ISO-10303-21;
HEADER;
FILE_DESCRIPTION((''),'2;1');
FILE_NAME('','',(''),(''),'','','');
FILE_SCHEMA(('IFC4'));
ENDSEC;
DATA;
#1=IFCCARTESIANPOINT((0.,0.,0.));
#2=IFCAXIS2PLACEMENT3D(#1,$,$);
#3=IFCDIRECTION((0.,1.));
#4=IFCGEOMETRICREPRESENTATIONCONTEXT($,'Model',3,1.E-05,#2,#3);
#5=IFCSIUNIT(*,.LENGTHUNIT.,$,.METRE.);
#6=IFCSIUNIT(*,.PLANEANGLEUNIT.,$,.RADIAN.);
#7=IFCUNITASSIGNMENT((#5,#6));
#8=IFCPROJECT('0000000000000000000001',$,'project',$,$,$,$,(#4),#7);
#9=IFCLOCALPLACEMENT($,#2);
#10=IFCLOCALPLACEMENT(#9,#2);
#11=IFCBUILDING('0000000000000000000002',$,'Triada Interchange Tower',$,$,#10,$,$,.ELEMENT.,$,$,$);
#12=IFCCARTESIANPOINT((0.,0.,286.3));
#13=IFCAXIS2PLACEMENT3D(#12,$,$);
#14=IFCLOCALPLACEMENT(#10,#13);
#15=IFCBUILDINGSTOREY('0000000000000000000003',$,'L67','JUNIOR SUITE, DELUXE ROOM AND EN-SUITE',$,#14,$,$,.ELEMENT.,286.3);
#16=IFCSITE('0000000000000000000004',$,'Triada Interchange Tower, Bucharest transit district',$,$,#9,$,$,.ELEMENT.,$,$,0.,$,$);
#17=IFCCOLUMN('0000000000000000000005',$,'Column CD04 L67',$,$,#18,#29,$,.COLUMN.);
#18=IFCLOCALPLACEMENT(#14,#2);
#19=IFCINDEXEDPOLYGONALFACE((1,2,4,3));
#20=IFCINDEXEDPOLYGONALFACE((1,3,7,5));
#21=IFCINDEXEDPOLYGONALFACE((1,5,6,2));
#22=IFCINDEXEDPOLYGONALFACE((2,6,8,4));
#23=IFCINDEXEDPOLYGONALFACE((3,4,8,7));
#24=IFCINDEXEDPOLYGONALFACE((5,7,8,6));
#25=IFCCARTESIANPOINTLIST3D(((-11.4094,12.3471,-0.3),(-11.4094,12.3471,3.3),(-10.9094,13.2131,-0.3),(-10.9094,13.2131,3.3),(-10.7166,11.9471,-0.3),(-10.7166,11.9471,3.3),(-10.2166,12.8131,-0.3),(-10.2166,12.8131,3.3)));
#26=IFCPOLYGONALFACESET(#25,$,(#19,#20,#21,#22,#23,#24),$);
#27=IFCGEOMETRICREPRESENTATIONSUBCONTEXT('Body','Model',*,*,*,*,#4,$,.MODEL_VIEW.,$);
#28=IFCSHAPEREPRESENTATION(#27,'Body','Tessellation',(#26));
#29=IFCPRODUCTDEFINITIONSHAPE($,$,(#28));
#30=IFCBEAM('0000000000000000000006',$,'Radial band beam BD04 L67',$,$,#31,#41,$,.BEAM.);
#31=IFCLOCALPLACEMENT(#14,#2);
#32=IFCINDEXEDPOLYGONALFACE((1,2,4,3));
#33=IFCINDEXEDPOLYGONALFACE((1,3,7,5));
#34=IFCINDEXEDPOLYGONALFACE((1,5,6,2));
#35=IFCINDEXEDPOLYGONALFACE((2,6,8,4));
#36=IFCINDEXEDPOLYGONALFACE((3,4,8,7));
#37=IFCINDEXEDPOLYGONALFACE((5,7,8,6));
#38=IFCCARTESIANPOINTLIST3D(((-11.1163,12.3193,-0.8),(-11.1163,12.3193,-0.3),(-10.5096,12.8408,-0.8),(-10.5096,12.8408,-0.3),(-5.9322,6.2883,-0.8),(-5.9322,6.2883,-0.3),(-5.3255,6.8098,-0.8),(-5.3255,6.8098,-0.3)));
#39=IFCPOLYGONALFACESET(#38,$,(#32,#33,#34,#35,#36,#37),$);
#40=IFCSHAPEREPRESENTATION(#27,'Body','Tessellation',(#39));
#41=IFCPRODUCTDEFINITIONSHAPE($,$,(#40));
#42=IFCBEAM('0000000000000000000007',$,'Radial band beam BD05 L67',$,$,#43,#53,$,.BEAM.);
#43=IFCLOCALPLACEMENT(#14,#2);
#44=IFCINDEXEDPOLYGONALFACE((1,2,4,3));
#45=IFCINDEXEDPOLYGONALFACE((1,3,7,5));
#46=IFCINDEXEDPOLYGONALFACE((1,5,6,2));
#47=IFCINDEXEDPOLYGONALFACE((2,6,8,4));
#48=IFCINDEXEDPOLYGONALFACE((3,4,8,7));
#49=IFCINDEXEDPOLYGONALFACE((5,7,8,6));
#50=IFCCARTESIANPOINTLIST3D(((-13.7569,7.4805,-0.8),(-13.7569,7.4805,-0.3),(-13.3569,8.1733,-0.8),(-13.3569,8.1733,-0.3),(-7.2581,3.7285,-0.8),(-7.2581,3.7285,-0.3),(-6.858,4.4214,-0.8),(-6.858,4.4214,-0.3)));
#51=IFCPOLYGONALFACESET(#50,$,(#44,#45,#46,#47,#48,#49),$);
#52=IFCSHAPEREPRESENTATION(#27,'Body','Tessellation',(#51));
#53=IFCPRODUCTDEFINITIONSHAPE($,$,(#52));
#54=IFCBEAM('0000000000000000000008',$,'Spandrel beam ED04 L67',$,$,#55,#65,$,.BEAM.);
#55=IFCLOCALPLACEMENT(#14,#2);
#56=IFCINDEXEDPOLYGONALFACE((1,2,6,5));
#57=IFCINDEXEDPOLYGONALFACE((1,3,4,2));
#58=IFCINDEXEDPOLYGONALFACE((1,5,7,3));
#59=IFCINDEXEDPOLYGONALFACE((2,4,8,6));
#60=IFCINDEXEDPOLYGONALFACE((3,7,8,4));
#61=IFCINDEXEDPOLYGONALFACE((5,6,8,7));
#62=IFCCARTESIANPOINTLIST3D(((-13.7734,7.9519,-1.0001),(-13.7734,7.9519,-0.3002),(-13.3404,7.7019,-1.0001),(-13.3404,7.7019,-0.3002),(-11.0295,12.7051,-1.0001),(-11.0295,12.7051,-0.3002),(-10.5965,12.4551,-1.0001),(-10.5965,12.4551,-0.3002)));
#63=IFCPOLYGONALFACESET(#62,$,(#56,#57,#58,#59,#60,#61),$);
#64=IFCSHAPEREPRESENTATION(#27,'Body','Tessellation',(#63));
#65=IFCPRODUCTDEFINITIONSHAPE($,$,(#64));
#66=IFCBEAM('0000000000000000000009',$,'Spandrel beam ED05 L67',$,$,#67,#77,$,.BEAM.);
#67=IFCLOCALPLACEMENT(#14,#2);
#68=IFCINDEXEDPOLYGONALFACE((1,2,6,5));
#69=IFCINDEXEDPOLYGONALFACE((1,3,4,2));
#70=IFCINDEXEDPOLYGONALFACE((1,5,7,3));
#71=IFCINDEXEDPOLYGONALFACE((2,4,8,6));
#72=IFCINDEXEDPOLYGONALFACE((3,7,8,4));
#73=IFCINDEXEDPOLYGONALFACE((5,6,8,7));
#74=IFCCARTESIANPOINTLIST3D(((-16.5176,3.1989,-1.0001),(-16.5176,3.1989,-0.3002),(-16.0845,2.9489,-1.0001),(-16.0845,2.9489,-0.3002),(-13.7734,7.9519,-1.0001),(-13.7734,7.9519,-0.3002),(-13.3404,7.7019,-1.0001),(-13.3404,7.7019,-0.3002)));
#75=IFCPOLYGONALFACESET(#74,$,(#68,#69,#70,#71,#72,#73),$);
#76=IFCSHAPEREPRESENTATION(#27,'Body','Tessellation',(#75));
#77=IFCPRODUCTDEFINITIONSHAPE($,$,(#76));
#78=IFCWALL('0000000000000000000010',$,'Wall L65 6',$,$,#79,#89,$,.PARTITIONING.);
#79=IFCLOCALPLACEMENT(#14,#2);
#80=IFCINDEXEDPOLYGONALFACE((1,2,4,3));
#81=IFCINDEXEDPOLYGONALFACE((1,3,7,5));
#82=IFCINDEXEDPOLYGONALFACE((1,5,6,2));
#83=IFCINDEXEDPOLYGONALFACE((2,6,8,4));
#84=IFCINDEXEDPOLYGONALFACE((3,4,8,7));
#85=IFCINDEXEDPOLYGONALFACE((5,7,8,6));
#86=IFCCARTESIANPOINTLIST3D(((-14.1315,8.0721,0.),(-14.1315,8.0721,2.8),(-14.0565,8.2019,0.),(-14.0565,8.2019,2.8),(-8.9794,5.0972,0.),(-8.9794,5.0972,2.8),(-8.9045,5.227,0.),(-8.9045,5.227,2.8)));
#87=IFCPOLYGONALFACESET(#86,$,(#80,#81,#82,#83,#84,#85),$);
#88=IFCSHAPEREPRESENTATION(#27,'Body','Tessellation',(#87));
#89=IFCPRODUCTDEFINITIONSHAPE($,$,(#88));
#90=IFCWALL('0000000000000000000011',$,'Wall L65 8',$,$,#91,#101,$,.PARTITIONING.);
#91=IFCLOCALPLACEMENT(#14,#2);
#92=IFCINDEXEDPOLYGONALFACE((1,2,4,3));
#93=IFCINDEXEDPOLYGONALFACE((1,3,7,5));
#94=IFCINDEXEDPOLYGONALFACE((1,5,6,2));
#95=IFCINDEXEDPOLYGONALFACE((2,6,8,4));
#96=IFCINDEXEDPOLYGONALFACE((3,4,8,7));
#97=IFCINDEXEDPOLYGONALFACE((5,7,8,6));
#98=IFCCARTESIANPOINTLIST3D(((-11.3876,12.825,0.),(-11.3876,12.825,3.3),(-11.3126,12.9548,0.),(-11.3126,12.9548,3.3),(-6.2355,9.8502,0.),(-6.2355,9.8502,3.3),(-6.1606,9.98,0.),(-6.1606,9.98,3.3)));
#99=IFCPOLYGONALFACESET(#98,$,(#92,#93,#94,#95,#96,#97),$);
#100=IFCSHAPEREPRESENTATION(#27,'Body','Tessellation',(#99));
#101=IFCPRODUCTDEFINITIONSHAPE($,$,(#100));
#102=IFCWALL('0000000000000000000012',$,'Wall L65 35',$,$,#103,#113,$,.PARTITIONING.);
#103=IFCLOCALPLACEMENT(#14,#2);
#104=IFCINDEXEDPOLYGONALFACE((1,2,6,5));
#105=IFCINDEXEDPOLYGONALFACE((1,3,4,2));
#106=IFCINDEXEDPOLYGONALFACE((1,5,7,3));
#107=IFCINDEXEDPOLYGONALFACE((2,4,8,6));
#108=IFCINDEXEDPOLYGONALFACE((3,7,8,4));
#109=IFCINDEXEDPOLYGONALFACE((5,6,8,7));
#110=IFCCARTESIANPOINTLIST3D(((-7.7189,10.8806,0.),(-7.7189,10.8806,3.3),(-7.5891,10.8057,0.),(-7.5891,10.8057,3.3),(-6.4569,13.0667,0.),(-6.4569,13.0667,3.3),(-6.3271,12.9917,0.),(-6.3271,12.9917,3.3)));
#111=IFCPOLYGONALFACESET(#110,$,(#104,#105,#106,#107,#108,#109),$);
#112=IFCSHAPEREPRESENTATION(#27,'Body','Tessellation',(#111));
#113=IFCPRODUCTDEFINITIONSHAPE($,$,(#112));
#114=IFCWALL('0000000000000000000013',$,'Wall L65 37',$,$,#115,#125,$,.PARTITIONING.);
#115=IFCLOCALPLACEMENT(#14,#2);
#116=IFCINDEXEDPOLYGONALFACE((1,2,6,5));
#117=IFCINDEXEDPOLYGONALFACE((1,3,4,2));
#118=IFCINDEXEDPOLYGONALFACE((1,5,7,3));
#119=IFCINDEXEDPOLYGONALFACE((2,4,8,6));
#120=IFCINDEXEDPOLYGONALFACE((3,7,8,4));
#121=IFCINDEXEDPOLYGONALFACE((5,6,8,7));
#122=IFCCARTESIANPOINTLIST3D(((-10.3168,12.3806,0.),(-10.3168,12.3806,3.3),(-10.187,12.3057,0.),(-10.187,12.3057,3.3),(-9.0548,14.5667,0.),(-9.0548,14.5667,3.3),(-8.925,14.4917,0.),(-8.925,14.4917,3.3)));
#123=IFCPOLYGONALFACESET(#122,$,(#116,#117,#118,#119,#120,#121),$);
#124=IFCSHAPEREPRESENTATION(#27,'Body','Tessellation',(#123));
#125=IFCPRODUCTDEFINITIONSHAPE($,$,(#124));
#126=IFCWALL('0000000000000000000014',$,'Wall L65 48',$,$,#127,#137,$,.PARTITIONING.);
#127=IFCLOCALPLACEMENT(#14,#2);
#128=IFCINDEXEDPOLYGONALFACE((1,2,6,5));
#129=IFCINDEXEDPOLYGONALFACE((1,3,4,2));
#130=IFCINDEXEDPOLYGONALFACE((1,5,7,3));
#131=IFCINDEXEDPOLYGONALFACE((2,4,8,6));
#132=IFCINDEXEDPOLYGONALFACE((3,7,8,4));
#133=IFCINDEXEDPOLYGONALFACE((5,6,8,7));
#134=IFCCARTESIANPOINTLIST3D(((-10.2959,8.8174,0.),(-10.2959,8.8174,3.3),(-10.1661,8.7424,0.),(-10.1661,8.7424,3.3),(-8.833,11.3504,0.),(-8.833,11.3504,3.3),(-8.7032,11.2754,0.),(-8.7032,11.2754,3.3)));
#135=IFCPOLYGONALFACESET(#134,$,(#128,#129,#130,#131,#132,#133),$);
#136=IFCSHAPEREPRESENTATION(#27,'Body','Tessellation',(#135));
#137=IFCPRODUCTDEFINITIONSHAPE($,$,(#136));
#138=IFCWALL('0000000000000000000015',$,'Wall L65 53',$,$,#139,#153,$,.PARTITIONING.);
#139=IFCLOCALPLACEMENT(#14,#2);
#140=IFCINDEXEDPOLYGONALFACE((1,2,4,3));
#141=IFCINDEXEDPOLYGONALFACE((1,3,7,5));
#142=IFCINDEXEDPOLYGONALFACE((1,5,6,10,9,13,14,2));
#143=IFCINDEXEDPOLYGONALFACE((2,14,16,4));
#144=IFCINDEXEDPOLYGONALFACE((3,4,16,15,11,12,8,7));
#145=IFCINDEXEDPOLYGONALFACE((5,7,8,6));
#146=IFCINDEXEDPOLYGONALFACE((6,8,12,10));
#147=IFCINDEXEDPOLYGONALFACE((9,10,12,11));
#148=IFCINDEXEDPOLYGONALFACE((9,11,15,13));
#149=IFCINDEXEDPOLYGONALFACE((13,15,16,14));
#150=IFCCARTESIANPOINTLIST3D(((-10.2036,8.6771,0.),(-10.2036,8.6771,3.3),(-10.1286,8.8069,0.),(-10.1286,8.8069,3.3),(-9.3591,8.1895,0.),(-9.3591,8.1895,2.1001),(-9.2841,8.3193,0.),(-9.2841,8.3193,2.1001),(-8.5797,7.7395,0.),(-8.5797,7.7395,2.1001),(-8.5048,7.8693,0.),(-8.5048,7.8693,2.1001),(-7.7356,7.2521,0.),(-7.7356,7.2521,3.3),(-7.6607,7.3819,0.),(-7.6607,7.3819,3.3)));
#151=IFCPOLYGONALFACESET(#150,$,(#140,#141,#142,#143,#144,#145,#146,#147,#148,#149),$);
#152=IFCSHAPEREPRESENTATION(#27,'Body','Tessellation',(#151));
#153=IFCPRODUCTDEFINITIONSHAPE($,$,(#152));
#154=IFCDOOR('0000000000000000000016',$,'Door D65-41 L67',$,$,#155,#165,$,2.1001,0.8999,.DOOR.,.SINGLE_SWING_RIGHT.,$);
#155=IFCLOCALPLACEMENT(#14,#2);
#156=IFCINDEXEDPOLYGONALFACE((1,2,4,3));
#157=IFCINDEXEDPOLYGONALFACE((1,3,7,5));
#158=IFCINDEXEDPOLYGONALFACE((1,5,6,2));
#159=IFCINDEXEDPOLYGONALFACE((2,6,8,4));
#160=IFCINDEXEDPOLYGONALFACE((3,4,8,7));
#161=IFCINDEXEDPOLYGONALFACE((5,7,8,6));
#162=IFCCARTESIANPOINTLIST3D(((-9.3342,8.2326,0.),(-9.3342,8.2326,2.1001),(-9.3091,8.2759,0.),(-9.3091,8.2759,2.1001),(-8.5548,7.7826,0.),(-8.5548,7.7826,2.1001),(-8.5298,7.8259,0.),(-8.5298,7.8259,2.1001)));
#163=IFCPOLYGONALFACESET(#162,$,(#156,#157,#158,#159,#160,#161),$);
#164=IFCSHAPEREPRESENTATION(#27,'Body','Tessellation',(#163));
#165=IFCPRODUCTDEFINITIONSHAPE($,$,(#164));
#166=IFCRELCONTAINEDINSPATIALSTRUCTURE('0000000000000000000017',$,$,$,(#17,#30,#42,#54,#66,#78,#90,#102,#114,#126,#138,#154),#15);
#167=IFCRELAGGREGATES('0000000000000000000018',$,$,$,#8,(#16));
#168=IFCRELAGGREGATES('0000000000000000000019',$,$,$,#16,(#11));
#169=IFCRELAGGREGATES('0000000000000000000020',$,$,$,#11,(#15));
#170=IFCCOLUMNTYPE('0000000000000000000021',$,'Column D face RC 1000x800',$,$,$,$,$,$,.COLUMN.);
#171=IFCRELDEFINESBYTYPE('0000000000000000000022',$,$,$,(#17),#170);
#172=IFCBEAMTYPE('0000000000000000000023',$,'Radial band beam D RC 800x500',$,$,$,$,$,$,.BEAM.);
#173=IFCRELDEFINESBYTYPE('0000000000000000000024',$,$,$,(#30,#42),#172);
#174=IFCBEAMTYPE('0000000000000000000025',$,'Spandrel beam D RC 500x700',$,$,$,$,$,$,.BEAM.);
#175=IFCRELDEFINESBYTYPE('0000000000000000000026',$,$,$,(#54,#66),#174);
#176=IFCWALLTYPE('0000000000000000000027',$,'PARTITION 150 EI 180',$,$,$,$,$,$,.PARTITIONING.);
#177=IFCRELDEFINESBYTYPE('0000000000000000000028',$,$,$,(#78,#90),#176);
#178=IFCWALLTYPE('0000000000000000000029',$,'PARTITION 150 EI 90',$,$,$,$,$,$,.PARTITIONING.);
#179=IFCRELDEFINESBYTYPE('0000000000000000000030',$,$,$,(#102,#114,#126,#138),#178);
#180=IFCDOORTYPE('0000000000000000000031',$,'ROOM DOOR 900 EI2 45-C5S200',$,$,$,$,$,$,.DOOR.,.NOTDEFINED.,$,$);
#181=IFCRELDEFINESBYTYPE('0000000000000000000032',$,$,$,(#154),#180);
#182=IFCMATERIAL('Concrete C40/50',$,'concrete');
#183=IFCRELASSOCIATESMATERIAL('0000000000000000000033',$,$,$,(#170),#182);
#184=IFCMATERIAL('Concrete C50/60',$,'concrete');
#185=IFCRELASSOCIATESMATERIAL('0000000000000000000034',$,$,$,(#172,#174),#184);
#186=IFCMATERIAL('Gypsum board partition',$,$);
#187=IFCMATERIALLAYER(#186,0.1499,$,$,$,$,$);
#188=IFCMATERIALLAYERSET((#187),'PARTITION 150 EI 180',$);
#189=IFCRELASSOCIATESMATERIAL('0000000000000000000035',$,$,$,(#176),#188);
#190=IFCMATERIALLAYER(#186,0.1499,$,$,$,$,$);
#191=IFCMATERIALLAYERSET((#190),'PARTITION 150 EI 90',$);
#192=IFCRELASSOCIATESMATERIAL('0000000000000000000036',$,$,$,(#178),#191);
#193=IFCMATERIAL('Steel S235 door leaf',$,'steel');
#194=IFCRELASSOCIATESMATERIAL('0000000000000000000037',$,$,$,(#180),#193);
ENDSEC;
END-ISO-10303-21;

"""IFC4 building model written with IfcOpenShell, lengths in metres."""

from ifc_helpers import new_model, si_unit, direction, frame, frame_2d, origin, origin_2d, place, context, subcontext, project, spatial, rectangle, extrude, material, layer, layer_set, material_profile, profile_set, type_object, element, fill, save


model = new_model("IFC4")

# Units and contexts
model_context = context("Model", 3, precision=1e-05, world=origin(), true_north=direction((0.0, 1.0)))
body_context = subcontext(model_context, "Body", "Model", "MODEL_VIEW")
ifc_project = project(units=[si_unit("LENGTHUNIT", "METRE"), si_unit("PLANEANGLEUNIT", "RADIAN")], contexts=[model_context])

# Site, building, storey
site_placement = place(None, origin())
site = spatial("IfcSite", under=ifc_project, at=site_placement, Name="Triada Interchange Tower, Bucharest transit district", CompositionType="ELEMENT", RefElevation=0.0)
building_placement = place(site_placement, origin())
building = spatial("IfcBuilding", under=site, at=building_placement, Name="Triada Interchange Tower", CompositionType="ELEMENT")
storey_placement = place(building_placement, frame((0.0, 0.0, 286.3)))
storey = spatial("IfcBuildingStorey", under=building, at=storey_placement, Name="L67", Description="JUNIOR SUITE, DELUXE ROOM AND EN-SUITE", CompositionType="ELEMENT", Elevation=286.3)

# Column
ifc_material_1 = material(Name="Concrete C40/50", Category="concrete")
ifc_material_profile_1 = material_profile(ifc_material_1, rectangle(XDim=1.0, YDim=0.8, at=origin_2d()), Name="RC 1000x800")
ifc_profile_set_1 = profile_set([ifc_material_profile_1], Name="Concrete C40/50")
column_type = type_object("IfcColumnType", Name="Column D face RC 1000x800", PredefinedType="COLUMN", material=ifc_profile_set_1)
column_placement = place(storey_placement, frame((-10.813, 12.5801, -0.3), z_axis=(0.0, 0.0, 1.0), x_axis=(0.5, 0.866025, 0.0)))
element("IfcColumn", 1, at=column_placement, inside=storey, type_object=column_type, Name="Column CD04 L67", PredefinedType="COLUMN", context=body_context, shape_type="SweptSolid", body=[
    extrude(rectangle(XDim=1.0, YDim=0.8, at=origin_2d()), origin(), (0.0, 0.0, 1.0), 3.6001),
])

# Beams
ifc_material_2 = material(Name="Concrete C50/60", Category="concrete")
ifc_material_profile_2 = material_profile(ifc_material_2, rectangle(XDim=0.8, YDim=0.5, at=origin_2d()), Name="RC 800x500")
ifc_profile_set_2 = profile_set([ifc_material_profile_2], Name="Concrete C50/60")
beam_type_1 = type_object("IfcBeamType", Name="Radial band beam D RC 800x500", PredefinedType="BEAM", material=ifc_profile_set_2)
beam_1_placement = place(storey_placement, frame((-10.813, 12.5801, -0.55), z_axis=(0.651853, -0.758346, 0.0), x_axis=(0.758346, 0.651853, 0.0)))
element("IfcBeam", 2, at=beam_1_placement, inside=storey, type_object=beam_type_1, Name="Radial band beam BD04 L67", PredefinedType="BEAM", context=body_context, shape_type="SweptSolid", body=[
    extrude(rectangle(XDim=0.8, YDim=0.5, at=origin_2d()), origin(), (0.0, 0.0, 1.0), 7.9529),
])
beam_2_placement = place(storey_placement, frame((-13.5569, 7.8269, -0.55), z_axis=(0.866032, -0.499988, 0.0), x_axis=(0.499988, 0.866032, 0.0)))
element("IfcBeam", 3, at=beam_2_placement, inside=storey, type_object=beam_type_1, Name="Radial band beam BD05 L67", PredefinedType="BEAM", context=body_context, shape_type="SweptSolid", body=[
    extrude(rectangle(XDim=0.8, YDim=0.5, at=origin_2d()), origin(), (0.0, 0.0, 1.0), 7.5042),
])
ifc_material_profile_3 = material_profile(ifc_material_2, rectangle(XDim=0.5, YDim=0.7, at=origin_2d()), Name="RC 500x700")
ifc_profile_set_3 = profile_set([ifc_material_profile_3], Name="Concrete C50/60")
beam_type_2 = type_object("IfcBeamType", Name="Spandrel beam D RC 500x700", PredefinedType="BEAM", material=ifc_profile_set_3)
for number, where, z_axis, x_axis, name in (
    (4, (-10.813, 12.5801, -0.6501), (-0.499952, -0.866053, 0.0), (0.866053, -0.499952, 0.0), "Spandrel beam ED04 L67"),
    (5, (-13.5569, 7.8269, -0.6501), (-0.500005, -0.866023, 0.0), (0.866023, -0.500005, 0.0), "Spandrel beam ED05 L67"),
):
    element("IfcBeam", number, at=place(storey_placement, frame(where, z_axis=z_axis, x_axis=x_axis)), inside=storey, type_object=beam_type_2, Name=name, PredefinedType="BEAM", context=body_context, shape_type="SweptSolid", body=[
        extrude(rectangle(XDim=0.5, YDim=0.7, at=origin_2d()), origin(), (0.0, 0.0, 1.0), 5.4883),
    ])

# Shared definitions
ifc_material_3 = material(Name="Steel S235 door leaf", Category="steel")

# Walls
ifc_material_4 = material(Name="Gypsum board partition")
ifc_layer_1 = layer(ifc_material_4, 0.1499)
ifc_layer_set_1 = layer_set([ifc_layer_1], Name="PARTITION 150 EI 180")
wall_type_1 = type_object("IfcWallType", Name="PARTITION 150 EI 180", PredefinedType="PARTITIONING", material=ifc_layer_set_1)
wall_1_placement = place(storey_placement, frame((-14.094, 8.137, 0.0), z_axis=(0.0, 0.0, 1.0), x_axis=(0.866004, -0.500036, 0.0)))
element("IfcWall", 6, at=wall_1_placement, inside=storey, type_object=wall_type_1, Name="Wall L65 6", PredefinedType="PARTITIONING", context=body_context, shape_type="SweptSolid", body=[
    extrude(rectangle(XDim=5.9492, YDim=0.1499, at=frame_2d((2.9746, 0.0))), origin(), (0.0, 0.0, 1.0), 2.8),
])
wall_2_placement = place(storey_placement, frame((-11.3501, 12.8899, 0.0), z_axis=(0.0, 0.0, 1.0), x_axis=(0.866004, -0.500036, 0.0)))
element("IfcWall", 7, at=wall_2_placement, inside=storey, type_object=wall_type_1, Name="Wall L65 8", PredefinedType="PARTITIONING", context=body_context, shape_type="SweptSolid", body=[
    extrude(rectangle(XDim=5.9492, YDim=0.1499, at=frame_2d((2.9746, 0.0))), origin(), (0.0, 0.0, 1.0), 3.3),
])
ifc_layer_2 = layer(ifc_material_4, 0.1499)
ifc_layer_set_2 = layer_set([ifc_layer_2], Name="PARTITION 150 EI 90")
wall_type_2 = type_object("IfcWallType", Name="PARTITION 150 EI 90", PredefinedType="PARTITIONING", material=ifc_layer_set_2)
for number, where, z_axis, x_axis, name in (
    (8, (-7.6541, 10.843, 0.0), (0.0, 0.0, 1.0), (0.499957, 0.86605, 0.0), "Wall L65 35"),
    (9, (-10.252, 12.343, 0.0), (0.0, 0.0, 1.0), (0.499957, 0.86605, 0.0), "Wall L65 37"),
):
    element("IfcWall", number, at=place(storey_placement, frame(where, z_axis=z_axis, x_axis=x_axis)), inside=storey, type_object=wall_type_2, Name=name, PredefinedType="PARTITIONING", context=body_context, shape_type="SweptSolid", body=[
        extrude(rectangle(XDim=2.5242, YDim=0.1499, at=frame_2d((1.2622, 0.0))), origin(), (0.0, 0.0, 1.0), 3.3),
    ])
wall_3_placement = place(storey_placement, frame((-10.231, 8.78, 0.0), z_axis=(0.0, 0.0, 1.0), x_axis=(0.500125, 0.865953, 0.0)))
element("IfcWall", 10, at=wall_3_placement, inside=storey, type_object=wall_type_2, Name="Wall L65 48", PredefinedType="PARTITIONING", context=body_context, shape_type="SweptSolid", body=[
    extrude(rectangle(XDim=2.925, YDim=0.1499, at=frame_2d((1.4624, 0.0))), origin(), (0.0, 0.0, 1.0), 3.3),
])

# Wall, opening, door
wall_4_placement = place(storey_placement, frame((-10.166, 8.7419, 0.0), z_axis=(0.0, 0.0, 1.0), x_axis=(0.866004, -0.500036, 0.0)))
wall_4 = element("IfcWall", 11, at=wall_4_placement, inside=storey, type_object=wall_type_2, Name="Wall L65 53", PredefinedType="PARTITIONING", context=body_context, shape_type="SweptSolid", body=[
    extrude(rectangle(XDim=2.8499, YDim=0.1499, at=frame_2d((1.4248, 0.0))), origin(), (0.0, 0.0, 1.0), 3.3),
])
opening_1_placement = place(wall_4_placement, frame((0.9751, 0.0, 0.0)))
opening_1 = element("IfcOpeningElement", 12, at=opening_1_placement, cuts=wall_4, PredefinedType="OPENING", context=body_context, shape_type="SweptSolid", body=[
    extrude(rectangle(XDim=0.8999, YDim=2.1001, at=frame_2d((0.45, 1.05))), frame((0.0, 0.085, 0.0), z_axis=(0.0, -1.0, 0.0), x_axis=(1.0, 0.0, 0.0)), (0.0, 0.0, 1.0), 0.1699),
])
door_type_1 = type_object("IfcDoorType", Name="ROOM DOOR 900 EI2 45-C5S200", OperationType="NOTDEFINED", PredefinedType="DOOR", material=ifc_material_3)
door_1_placement = place(opening_1_placement, origin())
door_1 = element("IfcDoor", 13, at=door_1_placement, inside=storey, type_object=door_type_1, Name="Door D65-41 L67", OperationType="SINGLE_SWING_RIGHT", OverallHeight=2.1001, OverallWidth=0.8999, PredefinedType="DOOR", context=body_context, shape_type="SweptSolid", body=[
    extrude(rectangle(XDim=0.8999, YDim=2.1001, at=frame_2d((0.45, 1.05))), frame((0.0, 0.0249, 0.0), z_axis=(0.0, -1.0, 0.0), x_axis=(1.0, 0.0, 0.0)), (0.0, 0.0, 1.0), 0.05),
])
fill(opening_1, door_1)

save(model, "model.ifc")
